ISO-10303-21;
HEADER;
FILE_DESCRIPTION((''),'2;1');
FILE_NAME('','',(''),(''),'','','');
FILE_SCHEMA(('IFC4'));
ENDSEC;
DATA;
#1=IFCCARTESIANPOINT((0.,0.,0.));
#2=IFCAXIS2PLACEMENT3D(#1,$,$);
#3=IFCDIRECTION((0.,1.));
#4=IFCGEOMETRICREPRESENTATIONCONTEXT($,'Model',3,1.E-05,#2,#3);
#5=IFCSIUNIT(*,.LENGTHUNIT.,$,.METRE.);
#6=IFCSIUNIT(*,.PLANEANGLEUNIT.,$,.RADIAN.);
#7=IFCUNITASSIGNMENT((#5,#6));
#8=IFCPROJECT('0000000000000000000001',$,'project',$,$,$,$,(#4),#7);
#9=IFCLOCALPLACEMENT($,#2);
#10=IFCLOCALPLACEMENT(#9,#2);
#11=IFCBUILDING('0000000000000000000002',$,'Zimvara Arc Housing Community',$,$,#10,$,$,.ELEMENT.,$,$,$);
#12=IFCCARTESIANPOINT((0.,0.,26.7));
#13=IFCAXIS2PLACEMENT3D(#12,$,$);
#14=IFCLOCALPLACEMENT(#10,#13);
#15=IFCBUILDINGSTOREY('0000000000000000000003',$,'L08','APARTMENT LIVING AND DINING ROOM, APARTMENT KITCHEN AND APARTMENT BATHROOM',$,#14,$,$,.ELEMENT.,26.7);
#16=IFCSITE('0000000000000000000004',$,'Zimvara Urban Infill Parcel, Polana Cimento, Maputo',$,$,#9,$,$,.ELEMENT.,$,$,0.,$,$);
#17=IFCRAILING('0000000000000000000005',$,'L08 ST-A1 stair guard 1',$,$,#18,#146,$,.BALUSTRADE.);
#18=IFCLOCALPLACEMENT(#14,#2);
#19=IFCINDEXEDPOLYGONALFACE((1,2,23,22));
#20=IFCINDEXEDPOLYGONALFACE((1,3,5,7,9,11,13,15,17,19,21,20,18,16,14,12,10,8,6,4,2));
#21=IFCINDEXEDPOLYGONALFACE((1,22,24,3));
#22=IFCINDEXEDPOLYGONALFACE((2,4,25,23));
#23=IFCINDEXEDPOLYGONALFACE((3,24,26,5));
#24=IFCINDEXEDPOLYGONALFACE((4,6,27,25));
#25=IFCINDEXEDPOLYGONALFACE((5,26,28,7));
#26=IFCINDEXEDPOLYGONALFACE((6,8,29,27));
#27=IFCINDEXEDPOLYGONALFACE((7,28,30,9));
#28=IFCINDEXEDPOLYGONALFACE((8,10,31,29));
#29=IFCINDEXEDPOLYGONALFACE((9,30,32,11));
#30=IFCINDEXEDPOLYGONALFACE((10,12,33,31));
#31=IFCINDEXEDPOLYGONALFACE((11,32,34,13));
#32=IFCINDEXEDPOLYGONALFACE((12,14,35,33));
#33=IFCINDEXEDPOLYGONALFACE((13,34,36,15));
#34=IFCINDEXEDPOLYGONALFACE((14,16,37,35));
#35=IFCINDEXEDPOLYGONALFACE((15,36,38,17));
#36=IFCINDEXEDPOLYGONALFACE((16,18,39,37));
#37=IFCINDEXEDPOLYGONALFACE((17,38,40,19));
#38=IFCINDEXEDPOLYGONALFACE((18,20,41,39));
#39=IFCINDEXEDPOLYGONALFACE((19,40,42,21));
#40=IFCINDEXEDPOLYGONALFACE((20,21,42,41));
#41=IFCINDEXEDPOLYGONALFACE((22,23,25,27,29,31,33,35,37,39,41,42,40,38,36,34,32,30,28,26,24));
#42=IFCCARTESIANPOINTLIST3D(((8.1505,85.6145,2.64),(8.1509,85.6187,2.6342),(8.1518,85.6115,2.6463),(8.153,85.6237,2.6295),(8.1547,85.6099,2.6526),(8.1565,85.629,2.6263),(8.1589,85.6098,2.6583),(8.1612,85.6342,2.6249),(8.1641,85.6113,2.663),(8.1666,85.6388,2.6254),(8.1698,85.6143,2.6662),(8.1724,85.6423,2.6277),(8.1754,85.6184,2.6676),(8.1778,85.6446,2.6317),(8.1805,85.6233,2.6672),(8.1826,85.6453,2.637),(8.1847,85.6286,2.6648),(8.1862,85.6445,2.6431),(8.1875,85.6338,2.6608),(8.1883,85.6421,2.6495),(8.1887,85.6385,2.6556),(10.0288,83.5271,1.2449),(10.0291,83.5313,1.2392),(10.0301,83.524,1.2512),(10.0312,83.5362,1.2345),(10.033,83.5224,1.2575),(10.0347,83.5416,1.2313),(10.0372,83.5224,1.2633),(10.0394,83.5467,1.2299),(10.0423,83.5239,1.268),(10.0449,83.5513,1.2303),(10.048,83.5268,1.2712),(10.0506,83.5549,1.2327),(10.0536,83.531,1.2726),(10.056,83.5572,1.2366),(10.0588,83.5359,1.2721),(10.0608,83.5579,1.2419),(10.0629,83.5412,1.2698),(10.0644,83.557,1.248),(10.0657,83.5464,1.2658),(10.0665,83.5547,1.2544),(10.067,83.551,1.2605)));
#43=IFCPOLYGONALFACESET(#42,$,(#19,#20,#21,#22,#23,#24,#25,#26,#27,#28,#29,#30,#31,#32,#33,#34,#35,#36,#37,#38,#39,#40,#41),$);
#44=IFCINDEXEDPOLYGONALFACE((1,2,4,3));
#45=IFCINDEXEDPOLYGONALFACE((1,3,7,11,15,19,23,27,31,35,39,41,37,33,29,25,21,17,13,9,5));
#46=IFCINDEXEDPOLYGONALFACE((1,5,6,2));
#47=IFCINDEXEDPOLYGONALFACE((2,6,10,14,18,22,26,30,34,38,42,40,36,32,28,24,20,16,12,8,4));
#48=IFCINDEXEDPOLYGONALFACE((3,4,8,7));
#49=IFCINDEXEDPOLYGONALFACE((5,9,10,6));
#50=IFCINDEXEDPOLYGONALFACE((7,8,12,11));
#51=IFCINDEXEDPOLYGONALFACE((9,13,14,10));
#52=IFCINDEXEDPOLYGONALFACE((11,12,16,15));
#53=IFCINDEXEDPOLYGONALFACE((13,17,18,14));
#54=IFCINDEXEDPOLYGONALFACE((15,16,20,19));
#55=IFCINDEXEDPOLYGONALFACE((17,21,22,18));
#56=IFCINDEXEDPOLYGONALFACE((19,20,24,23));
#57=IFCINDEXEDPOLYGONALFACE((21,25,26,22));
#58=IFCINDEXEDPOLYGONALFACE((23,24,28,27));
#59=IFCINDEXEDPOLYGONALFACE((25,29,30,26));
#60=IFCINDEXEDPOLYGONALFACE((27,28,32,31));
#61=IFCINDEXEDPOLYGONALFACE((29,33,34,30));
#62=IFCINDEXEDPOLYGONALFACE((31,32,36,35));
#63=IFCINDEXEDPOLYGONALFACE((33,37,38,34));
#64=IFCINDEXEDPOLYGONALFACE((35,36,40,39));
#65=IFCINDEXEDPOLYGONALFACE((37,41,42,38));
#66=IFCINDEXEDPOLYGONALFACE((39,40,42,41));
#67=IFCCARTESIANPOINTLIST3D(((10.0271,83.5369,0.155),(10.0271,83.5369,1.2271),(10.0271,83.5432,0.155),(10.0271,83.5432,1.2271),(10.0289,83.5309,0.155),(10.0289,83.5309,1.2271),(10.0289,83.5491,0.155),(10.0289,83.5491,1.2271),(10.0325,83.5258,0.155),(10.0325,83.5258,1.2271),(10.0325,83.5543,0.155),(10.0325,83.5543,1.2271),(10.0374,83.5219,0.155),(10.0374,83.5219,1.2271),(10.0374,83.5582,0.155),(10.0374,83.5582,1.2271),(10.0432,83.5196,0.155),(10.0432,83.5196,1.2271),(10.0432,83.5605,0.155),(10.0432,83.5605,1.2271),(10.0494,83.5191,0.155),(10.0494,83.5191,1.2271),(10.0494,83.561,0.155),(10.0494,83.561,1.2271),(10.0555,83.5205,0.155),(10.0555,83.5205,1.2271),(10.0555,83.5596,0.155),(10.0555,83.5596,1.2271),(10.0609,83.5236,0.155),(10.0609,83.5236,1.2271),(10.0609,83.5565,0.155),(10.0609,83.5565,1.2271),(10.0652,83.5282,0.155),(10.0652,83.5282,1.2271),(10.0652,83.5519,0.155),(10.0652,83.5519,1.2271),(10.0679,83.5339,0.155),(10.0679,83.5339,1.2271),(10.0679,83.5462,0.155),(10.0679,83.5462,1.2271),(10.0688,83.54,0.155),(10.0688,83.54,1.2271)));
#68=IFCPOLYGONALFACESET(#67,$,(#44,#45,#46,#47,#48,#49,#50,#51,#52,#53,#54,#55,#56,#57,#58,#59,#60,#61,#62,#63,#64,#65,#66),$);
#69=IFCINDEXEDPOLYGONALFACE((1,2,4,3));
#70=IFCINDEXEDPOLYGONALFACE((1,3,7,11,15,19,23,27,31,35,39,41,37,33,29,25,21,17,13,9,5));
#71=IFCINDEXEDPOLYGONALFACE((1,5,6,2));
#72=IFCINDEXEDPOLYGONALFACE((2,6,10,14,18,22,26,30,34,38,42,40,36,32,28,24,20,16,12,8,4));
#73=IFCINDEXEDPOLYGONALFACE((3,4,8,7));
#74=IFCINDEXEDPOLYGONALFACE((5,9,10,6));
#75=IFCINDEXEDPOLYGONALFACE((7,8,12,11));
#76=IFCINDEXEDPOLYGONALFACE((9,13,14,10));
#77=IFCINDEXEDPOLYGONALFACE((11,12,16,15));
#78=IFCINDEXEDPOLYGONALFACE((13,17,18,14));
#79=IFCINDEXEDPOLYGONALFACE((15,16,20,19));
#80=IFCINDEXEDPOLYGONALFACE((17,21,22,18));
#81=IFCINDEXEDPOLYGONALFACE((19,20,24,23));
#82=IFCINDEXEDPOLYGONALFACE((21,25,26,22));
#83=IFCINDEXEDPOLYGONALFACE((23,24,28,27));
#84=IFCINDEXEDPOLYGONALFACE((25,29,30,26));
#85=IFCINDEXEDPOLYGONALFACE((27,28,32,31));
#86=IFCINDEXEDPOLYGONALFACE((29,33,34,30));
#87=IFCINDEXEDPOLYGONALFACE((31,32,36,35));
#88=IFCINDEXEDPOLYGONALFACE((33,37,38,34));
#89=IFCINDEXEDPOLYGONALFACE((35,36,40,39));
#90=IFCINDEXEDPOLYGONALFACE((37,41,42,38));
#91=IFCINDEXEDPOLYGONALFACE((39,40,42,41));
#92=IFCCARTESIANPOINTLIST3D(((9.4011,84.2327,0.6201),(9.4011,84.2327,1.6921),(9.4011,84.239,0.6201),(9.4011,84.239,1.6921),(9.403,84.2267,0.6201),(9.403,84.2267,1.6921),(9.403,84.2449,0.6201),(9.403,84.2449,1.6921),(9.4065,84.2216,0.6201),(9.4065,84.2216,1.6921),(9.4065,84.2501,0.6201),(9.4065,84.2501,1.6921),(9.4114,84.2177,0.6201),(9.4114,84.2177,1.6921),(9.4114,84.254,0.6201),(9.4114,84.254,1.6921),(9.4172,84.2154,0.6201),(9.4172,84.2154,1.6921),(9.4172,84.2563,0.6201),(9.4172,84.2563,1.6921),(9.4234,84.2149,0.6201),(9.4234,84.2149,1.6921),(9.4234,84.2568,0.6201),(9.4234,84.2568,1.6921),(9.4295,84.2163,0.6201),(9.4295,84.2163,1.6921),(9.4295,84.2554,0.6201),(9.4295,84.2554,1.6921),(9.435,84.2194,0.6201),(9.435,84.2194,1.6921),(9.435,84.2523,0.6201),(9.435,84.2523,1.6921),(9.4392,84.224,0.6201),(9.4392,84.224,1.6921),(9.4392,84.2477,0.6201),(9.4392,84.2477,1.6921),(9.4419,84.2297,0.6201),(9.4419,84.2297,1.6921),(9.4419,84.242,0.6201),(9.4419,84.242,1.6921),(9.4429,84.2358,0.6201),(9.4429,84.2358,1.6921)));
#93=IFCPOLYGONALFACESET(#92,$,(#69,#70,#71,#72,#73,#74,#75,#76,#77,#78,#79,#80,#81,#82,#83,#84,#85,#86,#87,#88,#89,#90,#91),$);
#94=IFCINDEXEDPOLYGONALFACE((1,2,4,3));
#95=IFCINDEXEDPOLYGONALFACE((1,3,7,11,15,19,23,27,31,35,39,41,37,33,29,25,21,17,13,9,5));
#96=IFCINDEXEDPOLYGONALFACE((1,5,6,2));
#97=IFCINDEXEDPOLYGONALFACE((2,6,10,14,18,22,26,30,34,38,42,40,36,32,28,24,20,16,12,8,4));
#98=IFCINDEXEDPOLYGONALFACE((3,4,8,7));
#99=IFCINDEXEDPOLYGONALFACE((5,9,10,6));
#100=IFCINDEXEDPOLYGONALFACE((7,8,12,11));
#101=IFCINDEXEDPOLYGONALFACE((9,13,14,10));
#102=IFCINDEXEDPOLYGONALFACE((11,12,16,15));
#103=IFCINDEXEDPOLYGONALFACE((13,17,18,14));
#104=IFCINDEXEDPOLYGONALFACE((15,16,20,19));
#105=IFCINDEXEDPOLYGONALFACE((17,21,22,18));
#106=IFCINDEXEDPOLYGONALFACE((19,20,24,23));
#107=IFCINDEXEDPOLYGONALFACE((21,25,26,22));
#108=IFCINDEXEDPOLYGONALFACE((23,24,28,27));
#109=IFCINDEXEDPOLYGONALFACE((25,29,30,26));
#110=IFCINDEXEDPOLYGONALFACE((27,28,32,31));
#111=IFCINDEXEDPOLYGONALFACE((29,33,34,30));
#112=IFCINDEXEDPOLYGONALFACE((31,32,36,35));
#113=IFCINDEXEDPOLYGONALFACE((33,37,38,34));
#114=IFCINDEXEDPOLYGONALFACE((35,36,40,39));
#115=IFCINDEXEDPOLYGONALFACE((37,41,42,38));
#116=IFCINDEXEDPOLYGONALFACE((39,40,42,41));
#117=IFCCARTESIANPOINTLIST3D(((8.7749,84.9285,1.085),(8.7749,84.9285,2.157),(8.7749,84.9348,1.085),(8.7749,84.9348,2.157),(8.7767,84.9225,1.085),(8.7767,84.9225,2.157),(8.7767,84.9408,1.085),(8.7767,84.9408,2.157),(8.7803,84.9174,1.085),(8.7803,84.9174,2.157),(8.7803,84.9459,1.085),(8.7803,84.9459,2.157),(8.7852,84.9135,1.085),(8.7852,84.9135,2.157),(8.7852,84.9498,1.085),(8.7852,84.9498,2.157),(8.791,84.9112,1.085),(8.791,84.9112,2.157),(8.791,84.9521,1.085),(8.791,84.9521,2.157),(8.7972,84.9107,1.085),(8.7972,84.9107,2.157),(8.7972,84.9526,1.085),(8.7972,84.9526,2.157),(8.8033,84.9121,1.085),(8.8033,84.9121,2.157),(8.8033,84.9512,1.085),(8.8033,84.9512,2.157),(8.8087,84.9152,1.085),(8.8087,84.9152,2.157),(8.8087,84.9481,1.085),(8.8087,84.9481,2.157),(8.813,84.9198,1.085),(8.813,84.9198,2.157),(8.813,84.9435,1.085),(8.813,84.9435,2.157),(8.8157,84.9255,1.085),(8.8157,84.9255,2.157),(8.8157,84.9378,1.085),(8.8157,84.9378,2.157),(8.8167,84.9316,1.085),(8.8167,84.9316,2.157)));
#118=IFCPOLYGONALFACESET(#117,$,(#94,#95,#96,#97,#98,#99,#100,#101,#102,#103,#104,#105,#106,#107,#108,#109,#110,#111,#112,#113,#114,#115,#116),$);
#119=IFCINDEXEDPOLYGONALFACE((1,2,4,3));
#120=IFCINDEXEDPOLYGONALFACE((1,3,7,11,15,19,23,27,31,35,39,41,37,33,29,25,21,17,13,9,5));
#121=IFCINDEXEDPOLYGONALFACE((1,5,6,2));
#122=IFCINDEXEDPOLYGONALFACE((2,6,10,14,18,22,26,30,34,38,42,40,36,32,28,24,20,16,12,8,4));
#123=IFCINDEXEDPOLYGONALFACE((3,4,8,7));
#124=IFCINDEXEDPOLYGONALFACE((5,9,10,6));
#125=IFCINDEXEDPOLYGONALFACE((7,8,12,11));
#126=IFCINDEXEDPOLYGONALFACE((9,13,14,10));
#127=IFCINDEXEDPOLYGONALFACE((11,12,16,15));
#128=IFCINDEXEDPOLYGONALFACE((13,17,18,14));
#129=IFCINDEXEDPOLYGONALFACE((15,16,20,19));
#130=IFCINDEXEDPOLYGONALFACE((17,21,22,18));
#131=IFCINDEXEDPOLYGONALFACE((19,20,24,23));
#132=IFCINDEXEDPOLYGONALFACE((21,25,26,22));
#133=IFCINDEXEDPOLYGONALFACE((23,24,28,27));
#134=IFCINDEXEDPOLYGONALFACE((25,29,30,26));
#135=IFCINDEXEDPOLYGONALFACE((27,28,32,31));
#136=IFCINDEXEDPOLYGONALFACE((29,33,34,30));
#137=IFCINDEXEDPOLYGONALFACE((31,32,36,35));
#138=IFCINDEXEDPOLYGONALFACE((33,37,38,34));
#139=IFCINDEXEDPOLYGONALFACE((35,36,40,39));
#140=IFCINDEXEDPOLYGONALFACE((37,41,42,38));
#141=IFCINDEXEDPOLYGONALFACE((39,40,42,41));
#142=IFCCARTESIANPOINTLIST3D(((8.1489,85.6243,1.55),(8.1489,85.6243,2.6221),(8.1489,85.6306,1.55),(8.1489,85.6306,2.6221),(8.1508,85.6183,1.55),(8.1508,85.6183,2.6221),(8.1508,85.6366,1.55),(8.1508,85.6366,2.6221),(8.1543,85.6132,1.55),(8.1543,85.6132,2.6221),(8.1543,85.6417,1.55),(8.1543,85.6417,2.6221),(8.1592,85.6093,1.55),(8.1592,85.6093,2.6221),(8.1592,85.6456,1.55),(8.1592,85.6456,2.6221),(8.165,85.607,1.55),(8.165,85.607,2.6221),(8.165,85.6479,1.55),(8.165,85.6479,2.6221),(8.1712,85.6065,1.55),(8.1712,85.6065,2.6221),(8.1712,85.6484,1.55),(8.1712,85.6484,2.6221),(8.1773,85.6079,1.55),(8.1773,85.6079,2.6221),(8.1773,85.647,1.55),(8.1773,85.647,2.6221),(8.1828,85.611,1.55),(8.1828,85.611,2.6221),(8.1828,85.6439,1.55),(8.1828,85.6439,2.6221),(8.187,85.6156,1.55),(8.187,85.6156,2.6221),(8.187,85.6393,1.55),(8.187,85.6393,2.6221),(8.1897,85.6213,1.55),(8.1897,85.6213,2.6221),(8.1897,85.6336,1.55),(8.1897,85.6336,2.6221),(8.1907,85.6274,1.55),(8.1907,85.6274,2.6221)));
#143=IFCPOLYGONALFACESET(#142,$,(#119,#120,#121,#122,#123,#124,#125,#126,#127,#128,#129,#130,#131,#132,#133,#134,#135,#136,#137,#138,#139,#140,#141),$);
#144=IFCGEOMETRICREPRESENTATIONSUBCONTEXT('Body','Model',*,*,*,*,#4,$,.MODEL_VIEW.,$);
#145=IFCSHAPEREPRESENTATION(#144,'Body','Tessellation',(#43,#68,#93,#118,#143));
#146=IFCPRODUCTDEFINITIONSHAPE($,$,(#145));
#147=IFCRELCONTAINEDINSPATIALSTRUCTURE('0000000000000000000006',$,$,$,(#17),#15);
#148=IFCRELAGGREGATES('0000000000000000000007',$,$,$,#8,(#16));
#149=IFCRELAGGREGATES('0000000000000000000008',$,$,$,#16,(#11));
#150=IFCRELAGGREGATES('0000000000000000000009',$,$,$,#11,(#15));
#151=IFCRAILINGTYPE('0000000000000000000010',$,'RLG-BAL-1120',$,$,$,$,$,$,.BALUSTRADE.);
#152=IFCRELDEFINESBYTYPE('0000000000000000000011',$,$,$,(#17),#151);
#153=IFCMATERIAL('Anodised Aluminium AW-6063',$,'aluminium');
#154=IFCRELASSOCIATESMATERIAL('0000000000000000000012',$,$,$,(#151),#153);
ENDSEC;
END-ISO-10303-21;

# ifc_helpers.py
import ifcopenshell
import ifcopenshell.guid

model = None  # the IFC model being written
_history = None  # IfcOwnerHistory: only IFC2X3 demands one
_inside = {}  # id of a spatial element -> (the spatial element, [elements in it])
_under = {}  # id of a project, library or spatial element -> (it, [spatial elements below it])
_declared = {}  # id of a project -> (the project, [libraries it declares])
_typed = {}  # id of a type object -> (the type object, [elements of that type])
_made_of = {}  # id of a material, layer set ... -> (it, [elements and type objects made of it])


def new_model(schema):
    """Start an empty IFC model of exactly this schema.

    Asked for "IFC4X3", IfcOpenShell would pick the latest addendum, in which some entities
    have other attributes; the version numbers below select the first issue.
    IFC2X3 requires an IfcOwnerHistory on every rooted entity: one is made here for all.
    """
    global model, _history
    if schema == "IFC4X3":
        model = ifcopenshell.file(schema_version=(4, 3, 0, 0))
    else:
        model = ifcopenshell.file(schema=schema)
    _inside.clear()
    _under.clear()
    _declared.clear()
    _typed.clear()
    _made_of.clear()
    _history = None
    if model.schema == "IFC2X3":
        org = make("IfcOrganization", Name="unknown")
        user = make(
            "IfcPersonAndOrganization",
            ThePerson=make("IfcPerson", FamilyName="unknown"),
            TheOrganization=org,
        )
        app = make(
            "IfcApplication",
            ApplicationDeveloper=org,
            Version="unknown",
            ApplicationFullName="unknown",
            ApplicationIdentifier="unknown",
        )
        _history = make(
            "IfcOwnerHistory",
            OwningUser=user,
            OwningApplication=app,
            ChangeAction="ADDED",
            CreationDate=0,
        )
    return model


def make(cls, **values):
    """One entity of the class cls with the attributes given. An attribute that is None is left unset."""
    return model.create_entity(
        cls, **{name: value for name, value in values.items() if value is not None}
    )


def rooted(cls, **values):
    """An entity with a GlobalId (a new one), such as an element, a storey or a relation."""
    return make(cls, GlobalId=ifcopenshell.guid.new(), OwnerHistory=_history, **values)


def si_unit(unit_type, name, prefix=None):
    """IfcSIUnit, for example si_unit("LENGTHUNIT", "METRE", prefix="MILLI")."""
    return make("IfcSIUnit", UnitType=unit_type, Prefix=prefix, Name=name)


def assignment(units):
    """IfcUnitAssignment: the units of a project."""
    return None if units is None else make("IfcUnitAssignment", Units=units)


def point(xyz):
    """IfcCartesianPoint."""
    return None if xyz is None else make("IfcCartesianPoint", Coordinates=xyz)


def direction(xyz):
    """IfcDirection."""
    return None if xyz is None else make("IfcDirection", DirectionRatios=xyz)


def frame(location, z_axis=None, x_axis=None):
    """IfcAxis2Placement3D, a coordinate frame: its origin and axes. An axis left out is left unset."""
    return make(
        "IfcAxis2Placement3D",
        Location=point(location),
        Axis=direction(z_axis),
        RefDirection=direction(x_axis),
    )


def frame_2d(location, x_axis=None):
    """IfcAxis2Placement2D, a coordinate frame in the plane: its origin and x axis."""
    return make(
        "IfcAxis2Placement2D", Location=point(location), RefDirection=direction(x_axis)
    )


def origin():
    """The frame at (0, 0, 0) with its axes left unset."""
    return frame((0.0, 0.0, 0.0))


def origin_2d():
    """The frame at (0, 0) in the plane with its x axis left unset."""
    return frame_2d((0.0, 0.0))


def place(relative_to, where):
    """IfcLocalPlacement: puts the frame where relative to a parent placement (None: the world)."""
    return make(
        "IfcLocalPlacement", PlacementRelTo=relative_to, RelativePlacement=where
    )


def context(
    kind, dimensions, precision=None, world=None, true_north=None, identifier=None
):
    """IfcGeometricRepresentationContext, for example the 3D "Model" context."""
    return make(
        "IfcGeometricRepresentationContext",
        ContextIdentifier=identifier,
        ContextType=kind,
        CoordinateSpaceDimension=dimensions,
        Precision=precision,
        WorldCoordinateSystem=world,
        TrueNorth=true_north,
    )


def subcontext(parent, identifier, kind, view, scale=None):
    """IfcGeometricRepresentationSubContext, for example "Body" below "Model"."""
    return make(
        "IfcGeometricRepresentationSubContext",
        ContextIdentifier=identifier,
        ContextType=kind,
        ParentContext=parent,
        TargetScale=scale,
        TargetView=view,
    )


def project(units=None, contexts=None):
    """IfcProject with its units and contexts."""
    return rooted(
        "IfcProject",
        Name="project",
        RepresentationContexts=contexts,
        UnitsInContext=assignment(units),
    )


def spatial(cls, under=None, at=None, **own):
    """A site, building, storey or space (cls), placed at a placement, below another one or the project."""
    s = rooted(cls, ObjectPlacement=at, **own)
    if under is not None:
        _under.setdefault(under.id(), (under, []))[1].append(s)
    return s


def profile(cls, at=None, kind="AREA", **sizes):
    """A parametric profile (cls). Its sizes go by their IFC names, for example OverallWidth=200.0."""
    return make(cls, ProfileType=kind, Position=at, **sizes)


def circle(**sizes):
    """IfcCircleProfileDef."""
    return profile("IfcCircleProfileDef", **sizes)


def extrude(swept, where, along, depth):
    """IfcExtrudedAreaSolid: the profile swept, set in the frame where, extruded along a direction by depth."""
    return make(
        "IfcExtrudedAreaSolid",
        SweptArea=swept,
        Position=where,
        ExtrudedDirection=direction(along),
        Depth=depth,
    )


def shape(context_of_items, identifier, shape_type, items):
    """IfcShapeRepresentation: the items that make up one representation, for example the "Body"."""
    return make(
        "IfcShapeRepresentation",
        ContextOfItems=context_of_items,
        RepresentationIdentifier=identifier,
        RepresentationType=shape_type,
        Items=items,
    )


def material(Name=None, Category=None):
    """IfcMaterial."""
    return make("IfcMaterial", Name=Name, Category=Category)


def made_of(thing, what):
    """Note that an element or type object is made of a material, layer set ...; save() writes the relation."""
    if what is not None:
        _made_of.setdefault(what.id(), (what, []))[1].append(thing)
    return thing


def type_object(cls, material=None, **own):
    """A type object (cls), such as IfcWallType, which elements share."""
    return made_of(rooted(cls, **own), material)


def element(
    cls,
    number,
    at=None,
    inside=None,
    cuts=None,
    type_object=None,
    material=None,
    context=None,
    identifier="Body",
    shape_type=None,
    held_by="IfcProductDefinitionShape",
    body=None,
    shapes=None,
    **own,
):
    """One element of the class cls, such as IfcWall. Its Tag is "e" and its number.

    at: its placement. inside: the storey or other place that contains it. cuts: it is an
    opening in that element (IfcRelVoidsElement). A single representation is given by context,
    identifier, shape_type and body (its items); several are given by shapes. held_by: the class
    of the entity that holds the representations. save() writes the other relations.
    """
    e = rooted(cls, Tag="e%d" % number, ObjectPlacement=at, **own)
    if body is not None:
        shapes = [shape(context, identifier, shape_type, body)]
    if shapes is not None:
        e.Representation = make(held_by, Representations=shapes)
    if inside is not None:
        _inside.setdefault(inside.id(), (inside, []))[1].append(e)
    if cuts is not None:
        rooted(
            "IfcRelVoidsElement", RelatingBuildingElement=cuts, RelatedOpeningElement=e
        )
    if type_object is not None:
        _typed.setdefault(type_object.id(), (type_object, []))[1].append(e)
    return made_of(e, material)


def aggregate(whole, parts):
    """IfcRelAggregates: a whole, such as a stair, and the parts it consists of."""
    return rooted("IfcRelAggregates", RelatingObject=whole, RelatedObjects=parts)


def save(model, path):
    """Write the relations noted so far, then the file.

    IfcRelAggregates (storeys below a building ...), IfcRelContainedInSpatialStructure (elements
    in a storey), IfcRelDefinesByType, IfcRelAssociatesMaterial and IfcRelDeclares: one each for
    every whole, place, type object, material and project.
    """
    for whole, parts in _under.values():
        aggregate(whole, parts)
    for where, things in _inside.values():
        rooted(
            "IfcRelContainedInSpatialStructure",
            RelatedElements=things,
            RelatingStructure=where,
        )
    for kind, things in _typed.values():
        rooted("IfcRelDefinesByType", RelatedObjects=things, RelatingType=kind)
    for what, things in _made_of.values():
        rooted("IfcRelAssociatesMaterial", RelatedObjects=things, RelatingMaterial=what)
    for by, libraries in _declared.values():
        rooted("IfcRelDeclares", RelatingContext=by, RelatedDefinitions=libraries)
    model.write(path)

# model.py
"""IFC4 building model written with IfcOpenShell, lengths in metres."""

from ifc_helpers import new_model, si_unit, direction, frame, origin, origin_2d, place, context, subcontext, project, spatial, circle, extrude, material, type_object, element, save


model = new_model("IFC4")

# Units and contexts
model_context = context("Model", 3, precision=1e-05, world=origin(), true_north=direction((0.0, 1.0)))
body_context = subcontext(model_context, "Body", "Model", "MODEL_VIEW")
ifc_project = project(units=[si_unit("LENGTHUNIT", "METRE"), si_unit("PLANEANGLEUNIT", "RADIAN")], contexts=[model_context])

# Site, building, storey
site_placement = place(None, origin())
site = spatial("IfcSite", under=ifc_project, at=site_placement, Name="Zimvara Urban Infill Parcel, Polana Cimento, Maputo", CompositionType="ELEMENT", RefElevation=0.0)
building_placement = place(site_placement, origin())
building = spatial("IfcBuilding", under=site, at=building_placement, Name="Zimvara Arc Housing Community", CompositionType="ELEMENT")
storey_placement = place(building_placement, frame((0.0, 0.0, 26.7)))
storey = spatial("IfcBuildingStorey", under=building, at=storey_placement, Name="L08", Description="APARTMENT LIVING AND DINING ROOM, APARTMENT KITCHEN AND APARTMENT BATHROOM", CompositionType="ELEMENT", Elevation=26.7)

# Railing
ifc_material_1 = material(Name="Anodised Aluminium AW-6063", Category="aluminium")
railing_type = type_object("IfcRailingType", Name="RLG-BAL-1120", PredefinedType="BALUSTRADE", material=ifc_material_1)
railing_1_placement = place(storey_placement, frame((10.0479, 83.54, 0.155)))
element("IfcRailing", 1, at=railing_1_placement, inside=storey, type_object=railing_type, Name="L08 ST-A1 stair guard 1", PredefinedType="BALUSTRADE", context=body_context, shape_type="SweptSolid", body=[
    extrude(circle(Radius=0.0239, at=origin_2d()), frame((0.0, 0.0, 1.0962), z_axis=(-0.599018, 0.665749, 0.444923), x_axis=(-0.743381, -0.668869, 0.0)), (0.0, 0.0, 1.0), 3.1355),
    extrude(circle(Radius=0.021, at=origin_2d()), origin(), (0.0, 0.0, 1.0), 1.072),
    extrude(circle(Radius=0.021, at=origin_2d()), frame((-0.626, 0.6958, 0.4651)), (0.0, 0.0, 1.0), 1.072),
    extrude(circle(Radius=0.021, at=origin_2d()), frame((-1.2522, 1.3916, 0.9299)), (0.0, 0.0, 1.0), 1.072),
    extrude(circle(Radius=0.021, at=origin_2d()), frame((-1.8782, 2.0874, 1.395)), (0.0, 0.0, 1.0), 1.072),
])

save(model, "model.ifc")
